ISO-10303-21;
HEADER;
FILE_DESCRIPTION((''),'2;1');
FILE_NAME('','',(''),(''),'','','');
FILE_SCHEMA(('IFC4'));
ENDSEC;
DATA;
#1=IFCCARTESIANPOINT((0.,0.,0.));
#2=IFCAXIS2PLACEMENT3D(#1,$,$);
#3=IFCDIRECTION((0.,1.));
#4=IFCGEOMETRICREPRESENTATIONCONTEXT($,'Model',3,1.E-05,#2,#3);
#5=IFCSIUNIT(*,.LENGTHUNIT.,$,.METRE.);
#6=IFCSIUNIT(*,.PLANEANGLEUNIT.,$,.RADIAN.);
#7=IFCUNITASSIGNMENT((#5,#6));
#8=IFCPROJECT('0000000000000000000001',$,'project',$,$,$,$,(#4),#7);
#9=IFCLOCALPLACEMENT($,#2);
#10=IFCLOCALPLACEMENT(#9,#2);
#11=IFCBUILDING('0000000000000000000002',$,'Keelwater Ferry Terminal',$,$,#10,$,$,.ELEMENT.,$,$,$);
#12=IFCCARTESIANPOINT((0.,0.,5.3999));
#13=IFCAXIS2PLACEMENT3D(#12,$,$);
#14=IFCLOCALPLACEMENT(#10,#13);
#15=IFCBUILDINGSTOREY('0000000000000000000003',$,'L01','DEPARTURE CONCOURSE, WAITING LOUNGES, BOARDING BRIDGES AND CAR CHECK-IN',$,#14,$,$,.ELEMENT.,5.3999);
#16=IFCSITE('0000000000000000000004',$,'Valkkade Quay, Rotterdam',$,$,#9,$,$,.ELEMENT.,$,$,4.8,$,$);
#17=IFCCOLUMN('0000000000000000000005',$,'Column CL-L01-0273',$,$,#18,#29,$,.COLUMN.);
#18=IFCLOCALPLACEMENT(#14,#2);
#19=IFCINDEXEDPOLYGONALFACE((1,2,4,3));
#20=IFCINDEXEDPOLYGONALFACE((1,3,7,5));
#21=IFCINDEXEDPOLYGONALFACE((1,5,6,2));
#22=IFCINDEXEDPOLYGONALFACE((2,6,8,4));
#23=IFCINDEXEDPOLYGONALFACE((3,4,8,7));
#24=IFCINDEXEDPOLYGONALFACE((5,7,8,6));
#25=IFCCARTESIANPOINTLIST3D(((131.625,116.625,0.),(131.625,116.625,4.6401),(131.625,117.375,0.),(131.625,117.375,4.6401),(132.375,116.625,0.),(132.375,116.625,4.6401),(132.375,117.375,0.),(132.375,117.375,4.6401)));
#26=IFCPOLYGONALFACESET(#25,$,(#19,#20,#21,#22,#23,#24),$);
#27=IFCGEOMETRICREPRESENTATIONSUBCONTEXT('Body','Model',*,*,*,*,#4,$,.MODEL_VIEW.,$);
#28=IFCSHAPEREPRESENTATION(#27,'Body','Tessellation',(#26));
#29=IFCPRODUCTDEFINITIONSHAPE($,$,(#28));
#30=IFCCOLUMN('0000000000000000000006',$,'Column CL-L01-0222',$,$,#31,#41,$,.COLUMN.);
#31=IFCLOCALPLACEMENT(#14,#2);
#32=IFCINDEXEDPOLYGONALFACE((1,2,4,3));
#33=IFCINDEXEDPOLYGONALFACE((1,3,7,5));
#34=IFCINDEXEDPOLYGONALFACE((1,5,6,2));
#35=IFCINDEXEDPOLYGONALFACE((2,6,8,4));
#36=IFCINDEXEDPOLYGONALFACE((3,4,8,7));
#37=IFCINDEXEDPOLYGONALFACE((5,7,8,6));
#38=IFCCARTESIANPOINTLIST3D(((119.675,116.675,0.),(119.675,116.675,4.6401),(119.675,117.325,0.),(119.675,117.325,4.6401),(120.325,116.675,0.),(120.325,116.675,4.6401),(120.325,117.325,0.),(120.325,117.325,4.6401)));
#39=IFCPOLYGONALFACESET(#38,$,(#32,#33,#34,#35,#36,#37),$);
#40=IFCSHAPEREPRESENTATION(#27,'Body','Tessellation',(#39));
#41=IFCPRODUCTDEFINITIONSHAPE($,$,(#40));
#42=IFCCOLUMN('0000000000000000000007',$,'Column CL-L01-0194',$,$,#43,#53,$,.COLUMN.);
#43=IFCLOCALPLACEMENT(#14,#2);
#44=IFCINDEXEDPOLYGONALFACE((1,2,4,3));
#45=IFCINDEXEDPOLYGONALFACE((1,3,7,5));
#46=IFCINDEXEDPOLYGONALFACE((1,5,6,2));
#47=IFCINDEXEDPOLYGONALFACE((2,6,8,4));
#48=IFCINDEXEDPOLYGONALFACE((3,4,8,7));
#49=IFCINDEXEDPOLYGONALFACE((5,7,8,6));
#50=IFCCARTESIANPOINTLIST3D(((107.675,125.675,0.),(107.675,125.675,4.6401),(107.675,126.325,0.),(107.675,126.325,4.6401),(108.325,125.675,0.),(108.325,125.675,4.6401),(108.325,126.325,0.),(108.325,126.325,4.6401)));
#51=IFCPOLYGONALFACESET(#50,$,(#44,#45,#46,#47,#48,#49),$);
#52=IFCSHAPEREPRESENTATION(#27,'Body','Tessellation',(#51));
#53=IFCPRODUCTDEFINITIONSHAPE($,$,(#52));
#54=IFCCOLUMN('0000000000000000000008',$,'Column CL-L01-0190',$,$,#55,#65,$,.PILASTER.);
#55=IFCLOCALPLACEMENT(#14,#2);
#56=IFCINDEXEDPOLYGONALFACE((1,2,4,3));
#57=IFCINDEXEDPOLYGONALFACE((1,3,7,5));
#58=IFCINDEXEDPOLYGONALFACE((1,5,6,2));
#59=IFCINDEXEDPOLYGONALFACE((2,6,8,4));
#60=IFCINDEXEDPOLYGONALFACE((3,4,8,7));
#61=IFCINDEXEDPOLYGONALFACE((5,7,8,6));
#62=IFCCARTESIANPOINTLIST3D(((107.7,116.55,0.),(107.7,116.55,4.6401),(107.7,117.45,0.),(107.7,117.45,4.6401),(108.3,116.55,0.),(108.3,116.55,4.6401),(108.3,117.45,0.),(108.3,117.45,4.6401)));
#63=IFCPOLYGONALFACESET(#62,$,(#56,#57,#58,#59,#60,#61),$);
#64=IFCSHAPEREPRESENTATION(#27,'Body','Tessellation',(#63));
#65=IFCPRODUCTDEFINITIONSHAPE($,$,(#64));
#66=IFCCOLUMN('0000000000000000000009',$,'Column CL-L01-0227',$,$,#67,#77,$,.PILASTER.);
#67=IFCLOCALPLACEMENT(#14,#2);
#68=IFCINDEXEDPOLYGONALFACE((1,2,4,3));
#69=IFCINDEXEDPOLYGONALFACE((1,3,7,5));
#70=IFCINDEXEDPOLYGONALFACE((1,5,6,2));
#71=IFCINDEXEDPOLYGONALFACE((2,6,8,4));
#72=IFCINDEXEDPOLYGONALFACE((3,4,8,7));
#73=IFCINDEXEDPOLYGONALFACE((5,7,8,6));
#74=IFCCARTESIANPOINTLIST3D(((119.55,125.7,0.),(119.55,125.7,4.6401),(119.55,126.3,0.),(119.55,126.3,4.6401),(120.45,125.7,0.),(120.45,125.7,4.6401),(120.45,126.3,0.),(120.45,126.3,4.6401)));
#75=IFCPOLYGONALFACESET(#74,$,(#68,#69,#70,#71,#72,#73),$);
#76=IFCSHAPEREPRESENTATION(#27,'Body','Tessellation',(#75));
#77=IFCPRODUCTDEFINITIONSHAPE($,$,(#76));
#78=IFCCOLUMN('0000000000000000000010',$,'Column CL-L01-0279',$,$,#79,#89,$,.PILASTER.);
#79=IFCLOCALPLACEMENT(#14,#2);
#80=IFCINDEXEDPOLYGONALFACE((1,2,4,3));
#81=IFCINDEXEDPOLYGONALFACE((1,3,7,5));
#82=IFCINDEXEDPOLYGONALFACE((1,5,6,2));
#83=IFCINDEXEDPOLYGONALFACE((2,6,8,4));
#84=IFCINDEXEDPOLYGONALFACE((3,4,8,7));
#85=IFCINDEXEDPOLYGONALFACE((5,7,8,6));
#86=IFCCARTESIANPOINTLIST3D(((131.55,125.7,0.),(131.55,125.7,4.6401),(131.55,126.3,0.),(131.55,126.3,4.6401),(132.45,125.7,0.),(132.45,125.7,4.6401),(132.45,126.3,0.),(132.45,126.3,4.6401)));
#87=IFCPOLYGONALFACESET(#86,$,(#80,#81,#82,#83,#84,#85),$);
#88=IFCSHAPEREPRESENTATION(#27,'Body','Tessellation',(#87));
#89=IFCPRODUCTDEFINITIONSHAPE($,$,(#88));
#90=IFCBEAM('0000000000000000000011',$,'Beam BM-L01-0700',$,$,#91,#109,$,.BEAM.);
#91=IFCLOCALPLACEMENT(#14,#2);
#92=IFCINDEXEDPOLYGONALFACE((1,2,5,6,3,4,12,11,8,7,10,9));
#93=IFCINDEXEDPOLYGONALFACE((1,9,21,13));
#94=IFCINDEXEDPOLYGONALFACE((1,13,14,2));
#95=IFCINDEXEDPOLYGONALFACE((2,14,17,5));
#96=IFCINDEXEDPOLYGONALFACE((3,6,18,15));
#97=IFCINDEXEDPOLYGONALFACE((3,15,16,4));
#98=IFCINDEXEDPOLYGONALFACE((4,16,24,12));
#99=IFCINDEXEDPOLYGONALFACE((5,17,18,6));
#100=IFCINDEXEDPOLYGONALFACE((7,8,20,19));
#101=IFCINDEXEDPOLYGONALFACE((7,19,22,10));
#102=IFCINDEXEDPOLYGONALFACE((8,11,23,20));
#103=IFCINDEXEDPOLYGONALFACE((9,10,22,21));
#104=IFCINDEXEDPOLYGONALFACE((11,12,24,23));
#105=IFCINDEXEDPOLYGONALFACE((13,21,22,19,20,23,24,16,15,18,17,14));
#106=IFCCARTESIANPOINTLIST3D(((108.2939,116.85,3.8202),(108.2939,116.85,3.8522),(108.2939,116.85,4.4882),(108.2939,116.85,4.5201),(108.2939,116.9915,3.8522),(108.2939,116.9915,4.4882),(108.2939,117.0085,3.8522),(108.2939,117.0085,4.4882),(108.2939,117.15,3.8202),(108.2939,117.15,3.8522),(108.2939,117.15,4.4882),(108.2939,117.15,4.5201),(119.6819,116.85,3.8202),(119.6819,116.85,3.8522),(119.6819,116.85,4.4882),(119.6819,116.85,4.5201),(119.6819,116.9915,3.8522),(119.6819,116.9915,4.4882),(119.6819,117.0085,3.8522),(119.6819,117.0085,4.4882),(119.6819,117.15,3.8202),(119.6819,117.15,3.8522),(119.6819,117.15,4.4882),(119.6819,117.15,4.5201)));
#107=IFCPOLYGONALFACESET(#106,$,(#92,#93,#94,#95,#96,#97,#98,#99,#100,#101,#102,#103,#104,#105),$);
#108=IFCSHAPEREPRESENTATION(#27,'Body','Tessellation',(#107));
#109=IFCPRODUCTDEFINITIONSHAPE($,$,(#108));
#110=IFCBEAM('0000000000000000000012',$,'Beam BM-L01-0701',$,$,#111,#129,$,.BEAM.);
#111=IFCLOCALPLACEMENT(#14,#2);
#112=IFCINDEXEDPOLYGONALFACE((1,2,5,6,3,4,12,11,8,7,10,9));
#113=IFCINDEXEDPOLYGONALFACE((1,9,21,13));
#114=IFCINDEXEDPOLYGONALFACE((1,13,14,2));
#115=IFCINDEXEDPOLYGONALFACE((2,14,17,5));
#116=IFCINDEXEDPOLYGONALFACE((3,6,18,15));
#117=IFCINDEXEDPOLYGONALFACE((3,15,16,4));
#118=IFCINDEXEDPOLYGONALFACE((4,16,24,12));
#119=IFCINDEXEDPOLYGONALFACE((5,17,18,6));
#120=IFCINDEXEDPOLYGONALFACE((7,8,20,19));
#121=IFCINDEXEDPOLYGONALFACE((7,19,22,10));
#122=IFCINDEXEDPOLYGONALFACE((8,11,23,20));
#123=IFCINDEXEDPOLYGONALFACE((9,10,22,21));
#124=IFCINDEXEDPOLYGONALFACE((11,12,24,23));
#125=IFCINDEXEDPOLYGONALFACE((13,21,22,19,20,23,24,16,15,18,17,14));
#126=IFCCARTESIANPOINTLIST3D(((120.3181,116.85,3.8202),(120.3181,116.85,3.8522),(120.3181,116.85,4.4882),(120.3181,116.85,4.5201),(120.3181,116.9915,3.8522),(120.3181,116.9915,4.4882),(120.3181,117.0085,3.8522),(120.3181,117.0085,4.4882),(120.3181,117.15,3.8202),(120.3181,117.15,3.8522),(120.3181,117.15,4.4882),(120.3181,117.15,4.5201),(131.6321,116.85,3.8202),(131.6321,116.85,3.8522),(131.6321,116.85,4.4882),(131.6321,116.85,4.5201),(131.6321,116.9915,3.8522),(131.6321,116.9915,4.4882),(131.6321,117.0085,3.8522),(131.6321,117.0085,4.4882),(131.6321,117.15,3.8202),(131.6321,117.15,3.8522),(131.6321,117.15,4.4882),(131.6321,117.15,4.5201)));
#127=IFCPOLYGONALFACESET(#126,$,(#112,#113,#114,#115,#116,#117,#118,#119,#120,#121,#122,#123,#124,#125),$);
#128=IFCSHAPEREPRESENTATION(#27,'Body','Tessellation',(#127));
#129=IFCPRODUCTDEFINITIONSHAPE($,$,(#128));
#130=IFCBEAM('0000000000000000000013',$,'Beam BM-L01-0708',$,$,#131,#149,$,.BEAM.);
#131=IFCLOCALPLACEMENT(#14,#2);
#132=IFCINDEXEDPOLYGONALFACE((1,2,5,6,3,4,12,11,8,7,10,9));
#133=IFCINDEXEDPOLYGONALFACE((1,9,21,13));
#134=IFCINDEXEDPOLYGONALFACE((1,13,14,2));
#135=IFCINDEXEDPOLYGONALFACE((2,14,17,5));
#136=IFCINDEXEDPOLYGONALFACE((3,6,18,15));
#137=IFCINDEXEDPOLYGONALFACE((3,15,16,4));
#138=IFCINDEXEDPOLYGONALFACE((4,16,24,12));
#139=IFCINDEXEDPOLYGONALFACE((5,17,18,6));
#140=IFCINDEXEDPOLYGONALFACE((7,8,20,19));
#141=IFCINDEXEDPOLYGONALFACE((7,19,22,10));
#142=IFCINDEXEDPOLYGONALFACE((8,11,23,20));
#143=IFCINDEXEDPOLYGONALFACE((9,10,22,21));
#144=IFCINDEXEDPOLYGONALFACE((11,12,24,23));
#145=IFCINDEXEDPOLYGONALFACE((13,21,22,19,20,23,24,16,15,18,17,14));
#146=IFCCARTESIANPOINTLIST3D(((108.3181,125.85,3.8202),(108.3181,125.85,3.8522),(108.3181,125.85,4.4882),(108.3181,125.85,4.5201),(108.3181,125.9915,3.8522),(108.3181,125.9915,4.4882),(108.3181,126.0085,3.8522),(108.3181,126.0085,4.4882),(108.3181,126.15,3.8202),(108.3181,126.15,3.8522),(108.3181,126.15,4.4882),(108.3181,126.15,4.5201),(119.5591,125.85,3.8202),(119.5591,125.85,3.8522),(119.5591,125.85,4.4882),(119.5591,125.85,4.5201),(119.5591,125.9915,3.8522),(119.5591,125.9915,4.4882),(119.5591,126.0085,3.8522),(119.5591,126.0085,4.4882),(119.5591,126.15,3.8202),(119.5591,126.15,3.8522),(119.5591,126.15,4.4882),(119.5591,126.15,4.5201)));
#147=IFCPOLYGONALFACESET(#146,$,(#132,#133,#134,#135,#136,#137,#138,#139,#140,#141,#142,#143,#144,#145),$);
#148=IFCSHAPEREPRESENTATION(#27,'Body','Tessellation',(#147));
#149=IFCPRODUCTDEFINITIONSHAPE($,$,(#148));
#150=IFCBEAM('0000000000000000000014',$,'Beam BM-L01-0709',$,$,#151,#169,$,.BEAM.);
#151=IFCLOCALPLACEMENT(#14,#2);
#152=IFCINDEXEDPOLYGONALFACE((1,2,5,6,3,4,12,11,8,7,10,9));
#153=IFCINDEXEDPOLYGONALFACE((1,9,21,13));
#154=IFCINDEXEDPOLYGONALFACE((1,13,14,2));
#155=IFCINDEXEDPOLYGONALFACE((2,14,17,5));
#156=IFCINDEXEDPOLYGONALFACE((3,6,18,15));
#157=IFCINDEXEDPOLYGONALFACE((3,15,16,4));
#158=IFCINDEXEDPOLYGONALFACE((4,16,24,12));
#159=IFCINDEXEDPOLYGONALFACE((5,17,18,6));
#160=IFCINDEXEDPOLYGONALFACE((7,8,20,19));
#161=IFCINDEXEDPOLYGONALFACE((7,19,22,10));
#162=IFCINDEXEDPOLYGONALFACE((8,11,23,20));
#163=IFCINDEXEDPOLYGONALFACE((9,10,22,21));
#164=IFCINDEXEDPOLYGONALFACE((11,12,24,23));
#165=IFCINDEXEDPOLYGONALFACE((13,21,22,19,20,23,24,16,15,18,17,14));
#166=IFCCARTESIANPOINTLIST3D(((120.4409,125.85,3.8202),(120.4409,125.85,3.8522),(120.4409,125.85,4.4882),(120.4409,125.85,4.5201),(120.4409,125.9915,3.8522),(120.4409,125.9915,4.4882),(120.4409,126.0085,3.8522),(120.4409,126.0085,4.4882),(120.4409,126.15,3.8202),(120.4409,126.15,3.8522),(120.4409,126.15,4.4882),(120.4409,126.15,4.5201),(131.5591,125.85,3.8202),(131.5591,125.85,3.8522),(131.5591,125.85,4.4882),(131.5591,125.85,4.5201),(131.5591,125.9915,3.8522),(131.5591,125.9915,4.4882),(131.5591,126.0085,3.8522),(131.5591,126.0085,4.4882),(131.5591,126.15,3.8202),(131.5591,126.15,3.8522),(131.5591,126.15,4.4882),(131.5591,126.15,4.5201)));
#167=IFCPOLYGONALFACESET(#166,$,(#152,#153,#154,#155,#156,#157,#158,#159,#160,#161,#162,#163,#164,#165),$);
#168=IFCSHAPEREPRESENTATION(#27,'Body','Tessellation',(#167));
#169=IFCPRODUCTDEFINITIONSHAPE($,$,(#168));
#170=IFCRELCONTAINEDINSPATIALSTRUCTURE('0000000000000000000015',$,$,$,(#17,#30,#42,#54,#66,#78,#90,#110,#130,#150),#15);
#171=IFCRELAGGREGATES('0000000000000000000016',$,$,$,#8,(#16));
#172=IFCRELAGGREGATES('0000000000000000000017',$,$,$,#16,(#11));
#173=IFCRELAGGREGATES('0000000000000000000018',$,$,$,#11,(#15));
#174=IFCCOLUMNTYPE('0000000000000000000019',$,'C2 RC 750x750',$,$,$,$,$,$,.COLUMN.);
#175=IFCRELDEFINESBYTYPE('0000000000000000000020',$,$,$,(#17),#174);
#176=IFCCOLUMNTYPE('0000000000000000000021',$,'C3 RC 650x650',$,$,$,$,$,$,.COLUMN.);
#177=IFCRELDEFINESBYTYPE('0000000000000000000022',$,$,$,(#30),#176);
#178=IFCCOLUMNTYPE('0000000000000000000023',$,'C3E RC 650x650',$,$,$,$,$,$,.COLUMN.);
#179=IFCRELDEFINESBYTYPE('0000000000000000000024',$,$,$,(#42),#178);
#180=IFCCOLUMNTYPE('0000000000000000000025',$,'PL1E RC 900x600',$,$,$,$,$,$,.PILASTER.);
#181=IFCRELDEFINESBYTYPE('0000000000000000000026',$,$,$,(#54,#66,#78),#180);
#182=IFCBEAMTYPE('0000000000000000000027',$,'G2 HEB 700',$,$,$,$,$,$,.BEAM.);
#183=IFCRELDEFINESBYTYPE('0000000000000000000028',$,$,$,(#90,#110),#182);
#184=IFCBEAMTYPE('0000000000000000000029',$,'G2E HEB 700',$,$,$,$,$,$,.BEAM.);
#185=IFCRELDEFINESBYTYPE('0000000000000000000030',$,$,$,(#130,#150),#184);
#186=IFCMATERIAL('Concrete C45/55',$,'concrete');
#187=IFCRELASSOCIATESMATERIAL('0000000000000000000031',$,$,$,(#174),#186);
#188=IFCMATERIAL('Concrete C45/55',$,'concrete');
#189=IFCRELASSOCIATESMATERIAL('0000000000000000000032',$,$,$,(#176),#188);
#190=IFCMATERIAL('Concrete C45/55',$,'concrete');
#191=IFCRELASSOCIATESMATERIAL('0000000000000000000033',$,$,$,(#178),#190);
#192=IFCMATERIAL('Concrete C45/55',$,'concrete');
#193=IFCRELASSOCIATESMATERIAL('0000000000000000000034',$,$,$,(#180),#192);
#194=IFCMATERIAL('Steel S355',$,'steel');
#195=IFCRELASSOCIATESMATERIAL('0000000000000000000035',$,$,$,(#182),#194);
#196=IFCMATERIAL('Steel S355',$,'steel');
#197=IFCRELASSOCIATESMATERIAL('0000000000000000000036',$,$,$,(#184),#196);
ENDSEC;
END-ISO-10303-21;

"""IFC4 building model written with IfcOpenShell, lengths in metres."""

from ifc_helpers import new_model, si_unit, direction, frame, origin, origin_2d, place, context, subcontext, project, spatial, rectangle, i_section, extrude, material, material_profile, profile_set, type_object, element, save


model = new_model("IFC4")

# Units and contexts
model_context = context("Model", 3, precision=1e-05, world=origin(), true_north=direction((0.0, 1.0)))
body_context = subcontext(model_context, "Body", "Model", "MODEL_VIEW")
ifc_project = project(units=[si_unit("LENGTHUNIT", "METRE"), si_unit("PLANEANGLEUNIT", "RADIAN")], contexts=[model_context])

# Site, building, storey
site_placement = place(None, origin())
site = spatial("IfcSite", under=ifc_project, at=site_placement, Name="Valkkade Quay, Rotterdam", CompositionType="ELEMENT", RefElevation=4.8)
building_placement = place(site_placement, origin())
building = spatial("IfcBuilding", under=site, at=building_placement, Name="Keelwater Ferry Terminal", CompositionType="ELEMENT")
storey_placement = place(building_placement, frame((0.0, 0.0, 5.3999)))
storey = spatial("IfcBuildingStorey", under=building, at=storey_placement, Name="L01", Description="DEPARTURE CONCOURSE, WAITING LOUNGES, BOARDING BRIDGES AND CAR CHECK-IN", CompositionType="ELEMENT", Elevation=5.3999)

# Columns
ifc_material_1 = material(Name="Concrete C45/55", Category="concrete")
ifc_material_profile_1 = material_profile(ifc_material_1, rectangle(XDim=0.75, YDim=0.75, at=origin_2d()), Name="RC 750x750")
ifc_profile_set_1 = profile_set([ifc_material_profile_1], Name="Concrete C45/55")
column_type_1 = type_object("IfcColumnType", Name="C2 RC 750x750", PredefinedType="COLUMN", material=ifc_profile_set_1)
column_1_placement = place(storey_placement, frame((132.0, 117.0, 0.0), z_axis=(0.0, 0.0, 1.0), x_axis=(1.0, 0.0, 0.0)))
element("IfcColumn", 1, at=column_1_placement, inside=storey, type_object=column_type_1, Name="Column CL-L01-0273", PredefinedType="COLUMN", context=body_context, shape_type="SweptSolid", body=[
    extrude(rectangle(XDim=0.75, YDim=0.75, at=origin_2d()), origin(), (0.0, 0.0, 1.0), 4.6401),
])
ifc_material_2 = material(Name="Concrete C45/55", Category="concrete")
ifc_material_profile_2 = material_profile(ifc_material_2, rectangle(XDim=0.6499, YDim=0.6499, at=origin_2d()), Name="RC 650x650")
ifc_profile_set_2 = profile_set([ifc_material_profile_2], Name="Concrete C45/55")
column_type_2 = type_object("IfcColumnType", Name="C3 RC 650x650", PredefinedType="COLUMN", material=ifc_profile_set_2)
column_2_placement = place(storey_placement, frame((120.0, 117.0, 0.0), z_axis=(0.0, 0.0, 1.0), x_axis=(1.0, 0.0, 0.0)))
element("IfcColumn", 2, at=column_2_placement, inside=storey, type_object=column_type_2, Name="Column CL-L01-0222", PredefinedType="COLUMN", context=body_context, shape_type="SweptSolid", body=[
    extrude(rectangle(XDim=0.6499, YDim=0.6499, at=origin_2d()), origin(), (0.0, 0.0, 1.0), 4.6401),
])
ifc_material_3 = material(Name="Concrete C45/55", Category="concrete")
ifc_material_profile_3 = material_profile(ifc_material_3, rectangle(XDim=0.6499, YDim=0.6499, at=origin_2d()), Name="RC 650x650")
ifc_profile_set_3 = profile_set([ifc_material_profile_3], Name="Concrete C45/55")
column_type_3 = type_object("IfcColumnType", Name="C3E RC 650x650", PredefinedType="COLUMN", material=ifc_profile_set_3)
column_3_placement = place(storey_placement, frame((108.0, 126.0, 0.0), z_axis=(0.0, 0.0, 1.0), x_axis=(1.0, 0.0, 0.0)))
element("IfcColumn", 3, at=column_3_placement, inside=storey, type_object=column_type_3, Name="Column CL-L01-0194", PredefinedType="COLUMN", context=body_context, shape_type="SweptSolid", body=[
    extrude(rectangle(XDim=0.6499, YDim=0.6499, at=origin_2d()), origin(), (0.0, 0.0, 1.0), 4.6401),
])
ifc_material_4 = material(Name="Concrete C45/55", Category="concrete")
ifc_material_profile_4 = material_profile(ifc_material_4, rectangle(XDim=0.6001, YDim=0.8999, at=origin_2d()), Name="RC 900x600")
ifc_profile_set_4 = profile_set([ifc_material_profile_4], Name="Concrete C45/55")
column_type_4 = type_object("IfcColumnType", Name="PL1E RC 900x600", PredefinedType="PILASTER", material=ifc_profile_set_4)
for number, where, z_axis, x_axis, name in (
    (4, (108.0, 117.0, 0.0), (0.0, 0.0, 1.0), (1.0, 0.0, 0.0), "Column CL-L01-0190"),
    (5, (120.0, 126.0, 0.0), (0.0, 0.0, 1.0), (0.0, 1.0, 0.0), "Column CL-L01-0227"),
    (6, (132.0, 126.0, 0.0), (0.0, 0.0, 1.0), (0.0, 1.0, 0.0), "Column CL-L01-0279"),
):
    element("IfcColumn", number, at=place(storey_placement, frame(where, z_axis=z_axis, x_axis=x_axis)), inside=storey, type_object=column_type_4, Name=name, PredefinedType="PILASTER", context=body_context, shape_type="SweptSolid", body=[
        extrude(rectangle(XDim=0.6001, YDim=0.8999, at=origin_2d()), origin(), (0.0, 0.0, 1.0), 4.6401),
    ])

# Beams
ifc_material_5 = material(Name="Steel S355", Category="steel")
ifc_material_profile_5 = material_profile(ifc_material_5, i_section(OverallWidth=0.3, OverallDepth=0.7, WebThickness=0.0171, FlangeThickness=0.032, at=origin_2d()), Name="HEB 700")
ifc_profile_set_5 = profile_set([ifc_material_profile_5], Name="Steel S355")
beam_type_1 = type_object("IfcBeamType", Name="G2 HEB 700", PredefinedType="BEAM", material=ifc_profile_set_5)
beam_1_placement = place(storey_placement, frame((108.2939, 117.0, 4.1702), z_axis=(1.0, 0.0, 0.0), x_axis=(0.0, 1.0, 0.0)))
element("IfcBeam", 7, at=beam_1_placement, inside=storey, type_object=beam_type_1, Name="Beam BM-L01-0700", PredefinedType="BEAM", context=body_context, shape_type="SweptSolid", body=[
    extrude(i_section(OverallWidth=0.3, OverallDepth=0.7, WebThickness=0.0171, FlangeThickness=0.032, at=origin_2d()), origin(), (0.0, 0.0, 1.0), 11.3879),
])
beam_2_placement = place(storey_placement, frame((120.3181, 117.0, 4.1702), z_axis=(1.0, 0.0, 0.0), x_axis=(0.0, 1.0, 0.0)))
element("IfcBeam", 8, at=beam_2_placement, inside=storey, type_object=beam_type_1, Name="Beam BM-L01-0701", PredefinedType="BEAM", context=body_context, shape_type="SweptSolid", body=[
    extrude(i_section(OverallWidth=0.3, OverallDepth=0.7, WebThickness=0.0171, FlangeThickness=0.032, at=origin_2d()), origin(), (0.0, 0.0, 1.0), 11.314),
])
ifc_material_6 = material(Name="Steel S355", Category="steel")
ifc_material_profile_6 = material_profile(ifc_material_6, i_section(OverallWidth=0.3, OverallDepth=0.7, WebThickness=0.0171, FlangeThickness=0.032, at=origin_2d()), Name="HEB 700")
ifc_profile_set_6 = profile_set([ifc_material_profile_6], Name="Steel S355")
beam_type_2 = type_object("IfcBeamType", Name="G2E HEB 700", PredefinedType="BEAM", material=ifc_profile_set_6)
beam_3_placement = place(storey_placement, frame((108.3181, 126.0, 4.1702), z_axis=(1.0, 0.0, 0.0), x_axis=(0.0, 1.0, 0.0)))
element("IfcBeam", 9, at=beam_3_placement, inside=storey, type_object=beam_type_2, Name="Beam BM-L01-0708", PredefinedType="BEAM", context=body_context, shape_type="SweptSolid", body=[
    extrude(i_section(OverallWidth=0.3, OverallDepth=0.7, WebThickness=0.0171, FlangeThickness=0.032, at=origin_2d()), origin(), (0.0, 0.0, 1.0), 11.241),
])
beam_4_placement = place(storey_placement, frame((120.4409, 126.0, 4.1702), z_axis=(1.0, 0.0, 0.0), x_axis=(0.0, 1.0, 0.0)))
element("IfcBeam", 10, at=beam_4_placement, inside=storey, type_object=beam_type_2, Name="Beam BM-L01-0709", PredefinedType="BEAM", context=body_context, shape_type="SweptSolid", body=[
    extrude(i_section(OverallWidth=0.3, OverallDepth=0.7, WebThickness=0.0171, FlangeThickness=0.032, at=origin_2d()), origin(), (0.0, 0.0, 1.0), 11.1182),
])

save(model, "model.ifc")
